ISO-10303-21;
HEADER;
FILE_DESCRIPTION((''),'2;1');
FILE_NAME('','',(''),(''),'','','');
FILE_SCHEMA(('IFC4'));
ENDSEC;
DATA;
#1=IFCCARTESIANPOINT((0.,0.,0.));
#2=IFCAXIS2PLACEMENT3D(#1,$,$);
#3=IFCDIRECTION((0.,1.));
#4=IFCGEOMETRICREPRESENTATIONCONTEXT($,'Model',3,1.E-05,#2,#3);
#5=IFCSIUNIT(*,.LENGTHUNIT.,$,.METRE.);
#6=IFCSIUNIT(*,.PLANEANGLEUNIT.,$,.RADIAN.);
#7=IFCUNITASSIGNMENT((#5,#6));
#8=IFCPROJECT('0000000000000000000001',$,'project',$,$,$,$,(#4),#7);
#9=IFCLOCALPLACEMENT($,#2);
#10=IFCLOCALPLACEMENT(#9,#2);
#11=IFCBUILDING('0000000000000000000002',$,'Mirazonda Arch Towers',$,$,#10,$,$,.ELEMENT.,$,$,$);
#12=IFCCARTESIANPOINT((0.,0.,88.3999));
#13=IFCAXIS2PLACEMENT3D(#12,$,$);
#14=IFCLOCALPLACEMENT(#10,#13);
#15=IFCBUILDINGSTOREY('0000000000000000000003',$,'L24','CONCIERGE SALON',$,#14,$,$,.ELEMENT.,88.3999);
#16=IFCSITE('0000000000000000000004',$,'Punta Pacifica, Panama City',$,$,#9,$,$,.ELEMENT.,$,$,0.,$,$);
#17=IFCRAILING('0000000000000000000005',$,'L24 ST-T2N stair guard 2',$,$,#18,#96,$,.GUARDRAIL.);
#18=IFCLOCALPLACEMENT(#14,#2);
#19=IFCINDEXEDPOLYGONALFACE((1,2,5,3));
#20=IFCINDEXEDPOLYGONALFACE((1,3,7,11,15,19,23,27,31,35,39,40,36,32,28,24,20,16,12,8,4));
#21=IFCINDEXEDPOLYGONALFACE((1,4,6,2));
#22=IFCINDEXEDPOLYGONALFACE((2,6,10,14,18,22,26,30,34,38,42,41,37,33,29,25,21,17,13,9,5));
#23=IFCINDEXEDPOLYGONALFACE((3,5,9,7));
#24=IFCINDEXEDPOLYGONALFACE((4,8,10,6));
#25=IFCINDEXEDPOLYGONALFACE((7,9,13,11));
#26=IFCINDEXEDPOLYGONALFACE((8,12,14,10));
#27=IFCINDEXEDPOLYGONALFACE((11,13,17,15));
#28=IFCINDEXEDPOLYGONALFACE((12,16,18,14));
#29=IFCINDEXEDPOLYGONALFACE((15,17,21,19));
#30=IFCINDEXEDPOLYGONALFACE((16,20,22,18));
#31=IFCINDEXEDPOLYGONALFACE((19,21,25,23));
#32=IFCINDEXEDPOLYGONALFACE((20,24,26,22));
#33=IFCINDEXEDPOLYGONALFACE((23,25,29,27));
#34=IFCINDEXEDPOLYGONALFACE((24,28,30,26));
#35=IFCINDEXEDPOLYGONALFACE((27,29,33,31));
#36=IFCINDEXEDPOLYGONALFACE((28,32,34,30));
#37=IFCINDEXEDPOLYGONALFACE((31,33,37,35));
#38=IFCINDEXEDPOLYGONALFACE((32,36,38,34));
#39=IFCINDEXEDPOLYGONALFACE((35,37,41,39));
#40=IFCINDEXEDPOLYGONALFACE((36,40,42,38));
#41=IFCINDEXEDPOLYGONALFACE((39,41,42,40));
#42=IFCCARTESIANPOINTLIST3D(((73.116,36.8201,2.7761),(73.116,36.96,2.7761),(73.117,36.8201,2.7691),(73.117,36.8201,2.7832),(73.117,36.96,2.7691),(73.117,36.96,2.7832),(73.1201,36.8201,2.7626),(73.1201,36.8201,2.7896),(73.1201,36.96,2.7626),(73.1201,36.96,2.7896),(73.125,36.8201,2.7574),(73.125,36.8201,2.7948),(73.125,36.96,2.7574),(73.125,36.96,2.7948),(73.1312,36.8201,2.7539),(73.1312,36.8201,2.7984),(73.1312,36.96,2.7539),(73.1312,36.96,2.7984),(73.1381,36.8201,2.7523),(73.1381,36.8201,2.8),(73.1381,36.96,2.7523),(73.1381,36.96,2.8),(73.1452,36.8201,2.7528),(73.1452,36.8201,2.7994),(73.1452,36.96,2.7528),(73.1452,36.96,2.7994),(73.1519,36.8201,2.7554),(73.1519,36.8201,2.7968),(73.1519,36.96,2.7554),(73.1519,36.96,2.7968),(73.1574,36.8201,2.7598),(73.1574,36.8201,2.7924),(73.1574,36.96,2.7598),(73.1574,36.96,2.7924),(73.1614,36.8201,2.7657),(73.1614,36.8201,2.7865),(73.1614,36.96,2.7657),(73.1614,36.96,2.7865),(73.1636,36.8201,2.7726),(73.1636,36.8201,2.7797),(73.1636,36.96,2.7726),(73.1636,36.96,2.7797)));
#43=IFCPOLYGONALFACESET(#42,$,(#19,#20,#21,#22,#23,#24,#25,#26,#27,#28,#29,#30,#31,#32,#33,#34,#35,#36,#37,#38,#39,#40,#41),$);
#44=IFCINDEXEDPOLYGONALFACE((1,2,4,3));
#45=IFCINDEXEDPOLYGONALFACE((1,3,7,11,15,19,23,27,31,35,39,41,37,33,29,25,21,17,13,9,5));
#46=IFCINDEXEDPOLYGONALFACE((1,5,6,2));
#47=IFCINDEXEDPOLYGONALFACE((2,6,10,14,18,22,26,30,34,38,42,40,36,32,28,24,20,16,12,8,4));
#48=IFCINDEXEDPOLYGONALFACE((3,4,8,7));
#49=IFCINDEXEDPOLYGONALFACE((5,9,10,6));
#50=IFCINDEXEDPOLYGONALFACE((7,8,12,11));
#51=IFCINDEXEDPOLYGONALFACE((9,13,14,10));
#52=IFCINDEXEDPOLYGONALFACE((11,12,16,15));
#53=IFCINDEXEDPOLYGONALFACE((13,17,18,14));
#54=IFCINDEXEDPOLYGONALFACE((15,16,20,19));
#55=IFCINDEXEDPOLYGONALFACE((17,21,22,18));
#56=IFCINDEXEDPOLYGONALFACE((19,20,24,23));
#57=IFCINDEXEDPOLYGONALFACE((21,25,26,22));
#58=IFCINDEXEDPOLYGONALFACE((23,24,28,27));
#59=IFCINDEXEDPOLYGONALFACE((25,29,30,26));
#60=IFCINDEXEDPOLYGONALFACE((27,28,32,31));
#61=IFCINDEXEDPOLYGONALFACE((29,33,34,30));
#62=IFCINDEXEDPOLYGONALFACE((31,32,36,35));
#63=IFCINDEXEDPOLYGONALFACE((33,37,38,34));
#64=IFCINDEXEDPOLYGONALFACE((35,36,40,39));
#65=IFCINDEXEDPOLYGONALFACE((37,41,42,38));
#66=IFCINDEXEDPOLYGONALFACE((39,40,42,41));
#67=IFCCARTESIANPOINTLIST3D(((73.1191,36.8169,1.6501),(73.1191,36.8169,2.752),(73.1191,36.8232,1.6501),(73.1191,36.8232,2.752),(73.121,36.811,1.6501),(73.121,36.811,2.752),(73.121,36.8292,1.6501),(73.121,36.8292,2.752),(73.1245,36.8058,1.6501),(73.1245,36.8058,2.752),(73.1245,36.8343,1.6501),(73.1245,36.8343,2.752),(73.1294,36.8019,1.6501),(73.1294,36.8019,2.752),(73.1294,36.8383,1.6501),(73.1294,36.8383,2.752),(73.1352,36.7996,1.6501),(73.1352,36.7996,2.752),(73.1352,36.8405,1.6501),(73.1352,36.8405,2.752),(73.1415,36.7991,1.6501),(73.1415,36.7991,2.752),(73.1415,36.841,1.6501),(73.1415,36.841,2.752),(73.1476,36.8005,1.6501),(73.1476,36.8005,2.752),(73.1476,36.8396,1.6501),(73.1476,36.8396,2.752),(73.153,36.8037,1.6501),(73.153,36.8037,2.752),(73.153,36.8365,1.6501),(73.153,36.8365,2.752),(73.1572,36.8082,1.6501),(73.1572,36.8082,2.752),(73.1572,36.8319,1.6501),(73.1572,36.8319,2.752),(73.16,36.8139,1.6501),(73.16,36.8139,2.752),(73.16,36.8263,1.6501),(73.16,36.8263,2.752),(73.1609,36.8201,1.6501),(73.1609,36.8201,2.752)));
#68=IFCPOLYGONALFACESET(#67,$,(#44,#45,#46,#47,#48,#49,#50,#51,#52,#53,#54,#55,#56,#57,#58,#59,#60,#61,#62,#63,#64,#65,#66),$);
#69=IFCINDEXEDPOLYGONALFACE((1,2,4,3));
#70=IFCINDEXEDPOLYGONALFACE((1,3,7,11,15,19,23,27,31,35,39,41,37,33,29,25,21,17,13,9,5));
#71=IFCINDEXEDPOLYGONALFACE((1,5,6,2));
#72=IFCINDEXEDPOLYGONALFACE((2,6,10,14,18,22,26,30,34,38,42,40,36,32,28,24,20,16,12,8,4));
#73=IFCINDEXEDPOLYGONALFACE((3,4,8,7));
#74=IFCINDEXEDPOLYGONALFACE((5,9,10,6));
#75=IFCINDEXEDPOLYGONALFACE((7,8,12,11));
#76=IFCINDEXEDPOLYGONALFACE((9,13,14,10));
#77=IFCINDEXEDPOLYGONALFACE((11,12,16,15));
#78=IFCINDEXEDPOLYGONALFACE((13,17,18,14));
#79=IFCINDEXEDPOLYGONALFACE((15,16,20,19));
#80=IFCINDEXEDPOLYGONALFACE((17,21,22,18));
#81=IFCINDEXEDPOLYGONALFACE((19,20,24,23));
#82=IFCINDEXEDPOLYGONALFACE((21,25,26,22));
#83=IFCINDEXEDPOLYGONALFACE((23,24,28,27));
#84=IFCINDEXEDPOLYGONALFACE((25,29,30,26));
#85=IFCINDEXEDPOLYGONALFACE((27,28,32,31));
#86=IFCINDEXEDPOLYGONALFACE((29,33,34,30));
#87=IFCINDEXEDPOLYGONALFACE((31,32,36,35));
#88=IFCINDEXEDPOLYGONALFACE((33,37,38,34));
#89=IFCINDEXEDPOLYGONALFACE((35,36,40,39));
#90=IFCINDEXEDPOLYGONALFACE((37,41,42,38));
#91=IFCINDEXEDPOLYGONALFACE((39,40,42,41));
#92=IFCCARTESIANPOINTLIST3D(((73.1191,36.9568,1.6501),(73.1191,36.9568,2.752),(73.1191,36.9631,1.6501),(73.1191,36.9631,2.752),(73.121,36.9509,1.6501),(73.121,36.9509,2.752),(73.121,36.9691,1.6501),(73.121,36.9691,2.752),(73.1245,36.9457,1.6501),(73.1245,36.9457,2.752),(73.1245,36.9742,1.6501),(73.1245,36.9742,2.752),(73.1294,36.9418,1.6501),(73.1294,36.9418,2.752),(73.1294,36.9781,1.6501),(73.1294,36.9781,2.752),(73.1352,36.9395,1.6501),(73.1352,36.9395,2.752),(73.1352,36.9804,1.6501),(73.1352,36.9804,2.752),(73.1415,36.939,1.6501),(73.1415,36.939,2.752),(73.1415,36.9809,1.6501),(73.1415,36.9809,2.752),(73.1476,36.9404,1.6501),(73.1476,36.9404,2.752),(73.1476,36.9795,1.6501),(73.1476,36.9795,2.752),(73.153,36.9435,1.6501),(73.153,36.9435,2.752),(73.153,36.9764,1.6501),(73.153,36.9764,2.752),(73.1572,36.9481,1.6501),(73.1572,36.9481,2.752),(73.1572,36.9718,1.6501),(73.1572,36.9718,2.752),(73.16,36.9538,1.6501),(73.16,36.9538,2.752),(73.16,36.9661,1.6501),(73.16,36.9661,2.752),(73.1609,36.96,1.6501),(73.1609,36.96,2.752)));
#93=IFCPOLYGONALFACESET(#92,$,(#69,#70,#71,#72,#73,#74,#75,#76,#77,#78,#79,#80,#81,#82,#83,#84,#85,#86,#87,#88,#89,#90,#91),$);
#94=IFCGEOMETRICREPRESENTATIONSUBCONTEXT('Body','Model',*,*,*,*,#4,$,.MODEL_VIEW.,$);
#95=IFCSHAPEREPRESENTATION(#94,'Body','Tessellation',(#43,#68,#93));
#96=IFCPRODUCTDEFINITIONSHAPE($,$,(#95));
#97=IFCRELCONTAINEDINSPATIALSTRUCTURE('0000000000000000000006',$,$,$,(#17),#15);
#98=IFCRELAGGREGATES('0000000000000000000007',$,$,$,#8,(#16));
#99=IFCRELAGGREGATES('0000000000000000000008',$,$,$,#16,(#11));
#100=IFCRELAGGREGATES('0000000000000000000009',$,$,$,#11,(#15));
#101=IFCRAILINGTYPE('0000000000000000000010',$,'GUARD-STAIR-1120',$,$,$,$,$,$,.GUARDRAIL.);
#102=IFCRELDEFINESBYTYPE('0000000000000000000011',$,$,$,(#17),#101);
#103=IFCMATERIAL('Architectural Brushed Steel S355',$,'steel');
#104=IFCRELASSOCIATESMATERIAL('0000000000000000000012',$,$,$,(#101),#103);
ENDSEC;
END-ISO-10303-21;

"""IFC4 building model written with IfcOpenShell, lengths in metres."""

from ifc_helpers import new_model, si_unit, direction, frame, origin, origin_2d, place, context, subcontext, project, spatial, circle, extrude, material, type_object, element, save


model = new_model("IFC4")

# Units and contexts
model_context = context("Model", 3, precision=1e-05, world=origin(), true_north=direction((0.0, 1.0)))
body_context = subcontext(model_context, "Body", "Model", "MODEL_VIEW")
ifc_project = project(units=[si_unit("LENGTHUNIT", "METRE"), si_unit("PLANEANGLEUNIT", "RADIAN")], contexts=[model_context])

# Site, building, storey
site_placement = place(None, origin())
site = spatial("IfcSite", under=ifc_project, at=site_placement, Name="Punta Pacifica, Panama City", CompositionType="ELEMENT", RefElevation=0.0)
building_placement = place(site_placement, origin())
building = spatial("IfcBuilding", under=site, at=building_placement, Name="Mirazonda Arch Towers", CompositionType="ELEMENT")
storey_placement = place(building_placement, frame((0.0, 0.0, 88.3999)))
storey = spatial("IfcBuildingStorey", under=building, at=storey_placement, Name="L24", Description="CONCIERGE SALON", CompositionType="ELEMENT", Elevation=88.3999)

# Railing
ifc_material_1 = material(Name="Architectural Brushed Steel S355", Category="steel")
railing_type_1 = type_object("IfcRailingType", Name="GUARD-STAIR-1120", PredefinedType="GUARDRAIL", material=ifc_material_1)
railing_1_placement = place(storey_placement, frame((73.1399, 36.8201, 1.6501)))
element("IfcRailing", 1, at=railing_1_placement, inside=storey, type_object=railing_type_1, Name="L24 ST-T2N stair guard 2", PredefinedType="GUARDRAIL", context=body_context, shape_type="SweptSolid", body=[
    extrude(circle(Radius=0.0239, at=origin_2d()), frame((0.0, 0.0, 1.126), z_axis=(0.0, 1.0, 0.0), x_axis=(-1.0, 0.0, 0.0)), (0.0, 0.0, 1.0), 0.1399),
    extrude(circle(Radius=0.021, at=origin_2d()), origin(), (0.0, 0.0, 1.0), 1.1018),
    extrude(circle(Radius=0.021, at=origin_2d()), frame((0.0, 0.1399, 0.0)), (0.0, 0.0, 1.0), 1.1018),
])

save(model, "model.ifc")
